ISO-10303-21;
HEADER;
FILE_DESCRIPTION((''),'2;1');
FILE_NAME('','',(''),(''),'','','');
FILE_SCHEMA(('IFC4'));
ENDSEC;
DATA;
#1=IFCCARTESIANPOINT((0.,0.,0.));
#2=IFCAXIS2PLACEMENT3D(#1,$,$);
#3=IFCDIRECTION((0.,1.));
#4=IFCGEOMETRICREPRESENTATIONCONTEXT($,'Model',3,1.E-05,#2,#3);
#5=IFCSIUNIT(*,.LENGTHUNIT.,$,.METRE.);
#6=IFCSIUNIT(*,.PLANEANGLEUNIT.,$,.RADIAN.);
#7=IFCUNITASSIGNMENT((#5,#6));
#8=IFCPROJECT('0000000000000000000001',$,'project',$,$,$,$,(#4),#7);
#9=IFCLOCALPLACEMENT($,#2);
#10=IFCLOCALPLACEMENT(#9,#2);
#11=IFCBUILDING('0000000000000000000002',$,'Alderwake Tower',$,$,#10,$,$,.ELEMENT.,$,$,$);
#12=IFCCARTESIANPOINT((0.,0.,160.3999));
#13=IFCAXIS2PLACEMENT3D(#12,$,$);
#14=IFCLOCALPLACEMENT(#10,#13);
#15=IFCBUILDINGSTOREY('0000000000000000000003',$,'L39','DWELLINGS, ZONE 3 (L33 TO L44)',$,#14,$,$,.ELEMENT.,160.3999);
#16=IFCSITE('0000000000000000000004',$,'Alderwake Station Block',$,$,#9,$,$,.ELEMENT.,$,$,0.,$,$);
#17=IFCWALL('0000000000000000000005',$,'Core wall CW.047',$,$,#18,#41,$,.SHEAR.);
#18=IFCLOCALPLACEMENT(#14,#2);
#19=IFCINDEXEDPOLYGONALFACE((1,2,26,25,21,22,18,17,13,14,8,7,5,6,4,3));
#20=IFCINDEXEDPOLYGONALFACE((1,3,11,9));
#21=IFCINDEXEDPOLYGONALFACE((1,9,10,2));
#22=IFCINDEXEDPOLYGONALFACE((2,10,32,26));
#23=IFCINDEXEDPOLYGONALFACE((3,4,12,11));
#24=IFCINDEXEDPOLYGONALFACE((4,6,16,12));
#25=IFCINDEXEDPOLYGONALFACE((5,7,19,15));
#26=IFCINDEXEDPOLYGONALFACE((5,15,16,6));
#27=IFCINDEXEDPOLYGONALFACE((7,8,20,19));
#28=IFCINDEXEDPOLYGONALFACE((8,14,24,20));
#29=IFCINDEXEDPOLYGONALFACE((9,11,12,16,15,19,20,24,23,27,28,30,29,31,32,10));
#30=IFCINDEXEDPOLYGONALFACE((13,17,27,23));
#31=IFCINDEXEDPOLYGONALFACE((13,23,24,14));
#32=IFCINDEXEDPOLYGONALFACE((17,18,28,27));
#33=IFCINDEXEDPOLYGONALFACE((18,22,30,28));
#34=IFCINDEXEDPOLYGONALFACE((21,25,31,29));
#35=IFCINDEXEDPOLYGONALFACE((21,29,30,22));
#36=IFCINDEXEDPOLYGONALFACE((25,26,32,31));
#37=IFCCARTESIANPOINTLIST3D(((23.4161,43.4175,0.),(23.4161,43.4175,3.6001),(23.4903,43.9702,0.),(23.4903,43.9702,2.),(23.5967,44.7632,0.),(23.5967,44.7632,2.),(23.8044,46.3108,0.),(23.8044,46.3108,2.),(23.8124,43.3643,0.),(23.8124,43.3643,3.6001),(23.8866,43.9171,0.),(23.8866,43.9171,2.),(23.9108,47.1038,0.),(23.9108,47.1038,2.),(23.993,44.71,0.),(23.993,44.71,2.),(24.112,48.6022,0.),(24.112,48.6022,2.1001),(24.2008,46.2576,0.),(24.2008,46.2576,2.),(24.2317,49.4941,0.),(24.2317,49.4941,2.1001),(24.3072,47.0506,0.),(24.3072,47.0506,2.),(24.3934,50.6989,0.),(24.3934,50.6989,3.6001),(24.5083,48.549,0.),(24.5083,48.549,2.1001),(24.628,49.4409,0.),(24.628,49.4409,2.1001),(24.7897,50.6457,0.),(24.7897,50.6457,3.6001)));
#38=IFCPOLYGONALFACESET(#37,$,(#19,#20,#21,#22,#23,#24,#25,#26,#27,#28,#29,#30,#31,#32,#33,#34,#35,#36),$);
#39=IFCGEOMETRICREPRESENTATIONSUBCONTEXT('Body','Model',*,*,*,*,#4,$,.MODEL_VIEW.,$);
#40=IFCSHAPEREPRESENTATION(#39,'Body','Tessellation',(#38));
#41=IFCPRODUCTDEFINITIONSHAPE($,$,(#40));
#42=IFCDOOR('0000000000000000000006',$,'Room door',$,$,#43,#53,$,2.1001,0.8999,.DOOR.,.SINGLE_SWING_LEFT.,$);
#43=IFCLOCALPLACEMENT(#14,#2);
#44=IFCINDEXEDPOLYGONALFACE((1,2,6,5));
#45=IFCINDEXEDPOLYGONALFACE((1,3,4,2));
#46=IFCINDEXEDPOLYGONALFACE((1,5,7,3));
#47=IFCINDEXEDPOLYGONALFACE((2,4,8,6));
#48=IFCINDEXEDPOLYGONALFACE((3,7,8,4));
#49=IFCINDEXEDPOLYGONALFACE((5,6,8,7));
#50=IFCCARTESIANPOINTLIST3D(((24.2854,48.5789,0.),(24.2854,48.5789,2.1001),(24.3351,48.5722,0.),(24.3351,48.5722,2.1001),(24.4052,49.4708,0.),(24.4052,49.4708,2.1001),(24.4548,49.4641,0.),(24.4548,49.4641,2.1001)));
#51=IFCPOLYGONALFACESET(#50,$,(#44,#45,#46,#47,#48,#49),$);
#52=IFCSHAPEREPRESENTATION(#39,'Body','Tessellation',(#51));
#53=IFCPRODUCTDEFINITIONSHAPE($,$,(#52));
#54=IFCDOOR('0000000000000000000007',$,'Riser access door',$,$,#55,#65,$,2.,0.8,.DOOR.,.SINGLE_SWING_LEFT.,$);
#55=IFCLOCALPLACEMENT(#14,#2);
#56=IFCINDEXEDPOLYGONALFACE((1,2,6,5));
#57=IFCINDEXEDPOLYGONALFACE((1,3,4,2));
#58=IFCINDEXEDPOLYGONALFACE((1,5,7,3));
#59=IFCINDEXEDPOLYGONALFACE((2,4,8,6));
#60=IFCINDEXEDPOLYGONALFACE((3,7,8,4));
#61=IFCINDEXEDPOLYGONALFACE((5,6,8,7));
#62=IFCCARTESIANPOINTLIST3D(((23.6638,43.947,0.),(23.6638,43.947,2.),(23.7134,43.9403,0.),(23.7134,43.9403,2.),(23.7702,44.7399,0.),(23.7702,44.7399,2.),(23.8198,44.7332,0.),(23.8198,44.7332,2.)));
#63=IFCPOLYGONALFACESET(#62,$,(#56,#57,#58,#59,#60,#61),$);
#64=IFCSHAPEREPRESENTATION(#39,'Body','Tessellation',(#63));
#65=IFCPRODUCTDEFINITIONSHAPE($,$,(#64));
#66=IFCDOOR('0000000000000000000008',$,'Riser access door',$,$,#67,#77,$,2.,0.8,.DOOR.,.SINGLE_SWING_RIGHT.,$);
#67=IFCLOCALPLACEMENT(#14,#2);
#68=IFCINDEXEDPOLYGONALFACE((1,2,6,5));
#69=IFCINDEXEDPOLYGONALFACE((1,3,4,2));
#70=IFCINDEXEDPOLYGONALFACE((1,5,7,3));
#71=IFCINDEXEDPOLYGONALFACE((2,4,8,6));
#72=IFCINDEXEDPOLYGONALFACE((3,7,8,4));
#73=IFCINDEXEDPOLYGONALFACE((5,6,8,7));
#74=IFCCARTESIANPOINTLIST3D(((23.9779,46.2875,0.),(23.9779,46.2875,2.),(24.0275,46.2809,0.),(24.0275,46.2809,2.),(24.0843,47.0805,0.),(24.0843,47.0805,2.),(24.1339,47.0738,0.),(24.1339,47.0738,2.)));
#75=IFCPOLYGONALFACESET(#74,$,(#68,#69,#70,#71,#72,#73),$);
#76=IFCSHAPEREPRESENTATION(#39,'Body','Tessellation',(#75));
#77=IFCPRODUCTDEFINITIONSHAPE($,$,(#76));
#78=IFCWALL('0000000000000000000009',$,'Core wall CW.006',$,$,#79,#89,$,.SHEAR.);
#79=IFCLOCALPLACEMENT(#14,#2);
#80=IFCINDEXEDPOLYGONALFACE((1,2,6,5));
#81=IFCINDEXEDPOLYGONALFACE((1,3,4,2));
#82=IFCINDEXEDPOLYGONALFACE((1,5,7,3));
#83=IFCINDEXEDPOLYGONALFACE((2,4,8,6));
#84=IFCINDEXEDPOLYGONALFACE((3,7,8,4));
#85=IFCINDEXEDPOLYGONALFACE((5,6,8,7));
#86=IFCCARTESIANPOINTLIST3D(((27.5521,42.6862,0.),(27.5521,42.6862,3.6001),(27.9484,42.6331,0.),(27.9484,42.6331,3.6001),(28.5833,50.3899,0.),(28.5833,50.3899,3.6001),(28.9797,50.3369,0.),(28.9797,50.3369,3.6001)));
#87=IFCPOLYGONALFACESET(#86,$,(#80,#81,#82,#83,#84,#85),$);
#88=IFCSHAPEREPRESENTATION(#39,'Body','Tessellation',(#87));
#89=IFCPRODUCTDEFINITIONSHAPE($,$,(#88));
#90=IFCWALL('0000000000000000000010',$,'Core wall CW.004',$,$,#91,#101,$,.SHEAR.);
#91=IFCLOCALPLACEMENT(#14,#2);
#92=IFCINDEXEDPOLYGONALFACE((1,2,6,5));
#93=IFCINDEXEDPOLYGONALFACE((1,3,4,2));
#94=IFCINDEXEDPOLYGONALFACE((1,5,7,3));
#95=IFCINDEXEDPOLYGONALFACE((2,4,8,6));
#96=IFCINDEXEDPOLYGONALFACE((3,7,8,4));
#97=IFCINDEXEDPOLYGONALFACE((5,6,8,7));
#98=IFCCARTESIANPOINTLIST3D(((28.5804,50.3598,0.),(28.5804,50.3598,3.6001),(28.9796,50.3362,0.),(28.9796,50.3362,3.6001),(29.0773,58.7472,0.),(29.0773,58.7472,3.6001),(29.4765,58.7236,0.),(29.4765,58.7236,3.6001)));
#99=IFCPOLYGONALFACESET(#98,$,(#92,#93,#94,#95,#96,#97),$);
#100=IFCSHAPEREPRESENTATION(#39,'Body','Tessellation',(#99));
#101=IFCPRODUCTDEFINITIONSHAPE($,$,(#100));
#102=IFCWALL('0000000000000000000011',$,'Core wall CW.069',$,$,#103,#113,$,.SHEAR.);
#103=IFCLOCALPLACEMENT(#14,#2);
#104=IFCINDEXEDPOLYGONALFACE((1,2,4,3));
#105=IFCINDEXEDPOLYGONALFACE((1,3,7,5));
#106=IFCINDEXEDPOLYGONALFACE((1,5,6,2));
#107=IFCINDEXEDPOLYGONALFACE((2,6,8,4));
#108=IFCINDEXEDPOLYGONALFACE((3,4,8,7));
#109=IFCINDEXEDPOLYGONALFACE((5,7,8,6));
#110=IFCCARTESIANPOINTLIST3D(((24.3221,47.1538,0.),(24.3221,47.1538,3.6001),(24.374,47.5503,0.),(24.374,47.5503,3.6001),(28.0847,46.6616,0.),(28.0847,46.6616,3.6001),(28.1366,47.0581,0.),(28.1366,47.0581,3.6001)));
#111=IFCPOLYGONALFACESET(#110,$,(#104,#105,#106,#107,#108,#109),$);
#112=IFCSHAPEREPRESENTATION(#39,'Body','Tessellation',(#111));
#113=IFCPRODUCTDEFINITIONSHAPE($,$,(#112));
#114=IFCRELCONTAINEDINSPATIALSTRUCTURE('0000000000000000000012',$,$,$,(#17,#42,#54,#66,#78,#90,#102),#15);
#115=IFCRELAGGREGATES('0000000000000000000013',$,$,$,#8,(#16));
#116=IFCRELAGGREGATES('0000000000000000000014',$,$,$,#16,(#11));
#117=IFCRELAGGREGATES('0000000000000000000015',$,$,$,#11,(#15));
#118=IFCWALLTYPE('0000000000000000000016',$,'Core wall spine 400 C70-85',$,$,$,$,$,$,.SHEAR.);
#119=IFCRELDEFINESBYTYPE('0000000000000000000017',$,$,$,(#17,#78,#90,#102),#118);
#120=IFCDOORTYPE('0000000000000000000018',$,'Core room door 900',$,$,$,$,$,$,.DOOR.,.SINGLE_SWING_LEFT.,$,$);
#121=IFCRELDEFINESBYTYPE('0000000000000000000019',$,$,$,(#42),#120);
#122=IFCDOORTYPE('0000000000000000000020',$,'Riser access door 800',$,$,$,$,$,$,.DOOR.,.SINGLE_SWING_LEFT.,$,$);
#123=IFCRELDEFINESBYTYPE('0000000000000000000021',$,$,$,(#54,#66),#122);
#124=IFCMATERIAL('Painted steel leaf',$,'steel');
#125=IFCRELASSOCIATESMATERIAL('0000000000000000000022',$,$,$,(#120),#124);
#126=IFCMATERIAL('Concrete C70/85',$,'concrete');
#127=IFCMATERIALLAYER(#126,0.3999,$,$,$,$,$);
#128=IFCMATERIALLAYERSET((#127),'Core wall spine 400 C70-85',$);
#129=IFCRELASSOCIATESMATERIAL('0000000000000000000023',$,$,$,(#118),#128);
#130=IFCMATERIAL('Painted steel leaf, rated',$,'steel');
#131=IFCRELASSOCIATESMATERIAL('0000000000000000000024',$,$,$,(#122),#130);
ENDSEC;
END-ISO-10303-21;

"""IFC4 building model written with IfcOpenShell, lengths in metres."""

from ifc_helpers import new_model, si_unit, direction, frame, frame_2d, origin, place, context, subcontext, project, spatial, rectangle, extrude, material, layer, layer_set, type_object, element, fill, save


model = new_model("IFC4")

# Units and contexts
model_context = context("Model", 3, precision=1e-05, world=origin(), true_north=direction((0.0, 1.0)))
body_context = subcontext(model_context, "Body", "Model", "MODEL_VIEW")
ifc_project = project(units=[si_unit("LENGTHUNIT", "METRE"), si_unit("PLANEANGLEUNIT", "RADIAN")], contexts=[model_context])

# Site, building, storey
site_placement = place(None, origin())
site = spatial("IfcSite", under=ifc_project, at=site_placement, Name="Alderwake Station Block", CompositionType="ELEMENT", RefElevation=0.0)
building_placement = place(site_placement, origin())
building = spatial("IfcBuilding", under=site, at=building_placement, Name="Alderwake Tower", CompositionType="ELEMENT")
storey_placement = place(building_placement, frame((0.0, 0.0, 160.3999)))
storey = spatial("IfcBuildingStorey", under=building, at=storey_placement, Name="L39", Description="DWELLINGS, ZONE 3 (L33 TO L44)", CompositionType="ELEMENT", Elevation=160.3999)

# Shared definitions
ifc_material_1 = material(Name="Painted steel leaf", Category="steel")
door_type_1 = type_object("IfcDoorType", Name="Core room door 900", OperationType="SINGLE_SWING_LEFT", PredefinedType="DOOR", material=ifc_material_1)

# Wall, openings, doors
ifc_material_2 = material(Name="Concrete C70/85", Category="concrete")
ifc_layer_1 = layer(ifc_material_2, 0.3999)
ifc_layer_set_1 = layer_set([ifc_layer_1], Name="Core wall spine 400 C70-85")
wall_type_1 = type_object("IfcWallType", Name="Core wall spine 400 C70-85", PredefinedType="SHEAR", material=ifc_layer_set_1)
wall_1_placement = place(storey_placement, frame((23.6143, 43.3909, 0.0), z_axis=(0.0, 0.0, 1.0), x_axis=(0.133023, 0.991113, 0.0)))
wall_1 = element("IfcWall", 1, at=wall_1_placement, inside=storey, type_object=wall_type_1, Name="Core wall CW.047", PredefinedType="SHEAR", context=body_context, shape_type="SweptSolid", body=[
    extrude(rectangle(XDim=7.3467, YDim=0.3999, at=frame_2d((3.6733, 0.0))), origin(), (0.0, 0.0, 1.0), 3.6001),
])
opening_1_placement = place(wall_1_placement, frame((0.5579, 0.0, 0.0)))
opening_1 = element("IfcOpeningElement", 2, at=opening_1_placement, cuts=wall_1, PredefinedType="OPENING", context=body_context, shape_type="SweptSolid", body=[
    extrude(rectangle(XDim=0.8, YDim=2.0, at=frame_2d((0.3999, 1.0))), frame((0.0, 0.21, 0.0), z_axis=(0.0, -1.0, 0.0), x_axis=(1.0, 0.0, 0.0)), (0.0, 0.0, 1.0), 0.4199),
])
opening_2_placement = place(wall_1_placement, frame((2.9194, 0.0, 0.0)))
opening_2 = element("IfcOpeningElement", 3, at=opening_2_placement, cuts=wall_1, PredefinedType="OPENING", context=body_context, shape_type="SweptSolid", body=[
    extrude(rectangle(XDim=0.8, YDim=2.0, at=frame_2d((0.3999, 1.0))), frame((0.0, 0.21, 0.0), z_axis=(0.0, -1.0, 0.0), x_axis=(1.0, 0.0, 0.0)), (0.0, 0.0, 1.0), 0.4199),
])
opening_3_placement = place(wall_1_placement, frame((5.2312, 0.0, 0.0)))
opening_3 = element("IfcOpeningElement", 4, at=opening_3_placement, cuts=wall_1, PredefinedType="OPENING", context=body_context, shape_type="SweptSolid", body=[
    extrude(rectangle(XDim=0.8999, YDim=2.1001, at=frame_2d((0.45, 1.05))), frame((0.0, 0.21, 0.0), z_axis=(0.0, -1.0, 0.0), x_axis=(1.0, 0.0, 0.0)), (0.0, 0.0, 1.0), 0.4199),
])
door_1_placement = place(opening_3_placement, origin())
door_1 = element("IfcDoor", 5, at=door_1_placement, inside=storey, type_object=door_type_1, Name="Room door", OperationType="SINGLE_SWING_LEFT", OverallHeight=2.1001, OverallWidth=0.8999, PredefinedType="DOOR", context=body_context, shape_type="SweptSolid", body=[
    extrude(rectangle(XDim=0.8999, YDim=2.1001, at=frame_2d((0.45, 1.05))), frame((0.0, 0.0249, 0.0), z_axis=(0.0, -1.0, 0.0), x_axis=(1.0, 0.0, 0.0)), (0.0, 0.0, 1.0), 0.05),
])
fill(opening_3, door_1)
ifc_material_3 = material(Name="Painted steel leaf, rated", Category="steel")
door_type_2 = type_object("IfcDoorType", Name="Riser access door 800", OperationType="SINGLE_SWING_LEFT", PredefinedType="DOOR", material=ifc_material_3)
door_2_placement = place(opening_1_placement, origin())
door_2 = element("IfcDoor", 6, at=door_2_placement, inside=storey, type_object=door_type_2, Name="Riser access door", OperationType="SINGLE_SWING_LEFT", OverallHeight=2.0, OverallWidth=0.8, PredefinedType="DOOR", context=body_context, shape_type="SweptSolid", body=[
    extrude(rectangle(XDim=0.8, YDim=2.0, at=frame_2d((0.3999, 1.0))), frame((0.0, 0.0249, 0.0), z_axis=(0.0, -1.0, 0.0), x_axis=(1.0, 0.0, 0.0)), (0.0, 0.0, 1.0), 0.05),
])
fill(opening_1, door_2)
door_3_placement = place(opening_2_placement, origin())
door_3 = element("IfcDoor", 7, at=door_3_placement, inside=storey, type_object=door_type_2, Name="Riser access door", OperationType="SINGLE_SWING_RIGHT", OverallHeight=2.0, OverallWidth=0.8, PredefinedType="DOOR", context=body_context, shape_type="SweptSolid", body=[
    extrude(rectangle(XDim=0.8, YDim=2.0, at=frame_2d((0.3999, 1.0))), frame((0.0, 0.0249, 0.0), z_axis=(0.0, -1.0, 0.0), x_axis=(1.0, 0.0, 0.0)), (0.0, 0.0, 1.0), 0.05),
])
fill(opening_2, door_3)

# Walls
wall_2_placement = place(storey_placement, frame((27.7502, 42.6597, 0.0), z_axis=(0.0, 0.0, 1.0), x_axis=(0.132678, 0.991159, 0.0)))
element("IfcWall", 8, at=wall_2_placement, inside=storey, type_object=wall_type_1, Name="Core wall CW.006", PredefinedType="SHEAR", context=body_context, shape_type="SweptSolid", body=[
    extrude(rectangle(XDim=7.7725, YDim=0.3999, at=frame_2d((3.8862, 0.0))), origin(), (0.0, 0.0, 1.0), 3.6001),
])
wall_3_placement = place(storey_placement, frame((28.78, 50.3479, 0.0), z_axis=(0.0, 0.0, 1.0), x_axis=(0.059131, 0.99825, 0.0)))
element("IfcWall", 9, at=wall_3_placement, inside=storey, type_object=wall_type_1, Name="Core wall CW.004", PredefinedType="SHEAR", context=body_context, shape_type="SweptSolid", body=[
    extrude(rectangle(XDim=8.4021, YDim=0.3999, at=frame_2d((4.2012, 0.0))), origin(), (0.0, 0.0, 1.0), 3.6001),
])
wall_4_placement = place(storey_placement, frame((24.3479, 47.3521, 0.0), z_axis=(0.0, 0.0, 1.0), x_axis=(0.991553, -0.129702, 0.0)))
element("IfcWall", 10, at=wall_4_placement, inside=storey, type_object=wall_type_1, Name="Core wall CW.069", PredefinedType="SHEAR", context=body_context, shape_type="SweptSolid", body=[
    extrude(rectangle(XDim=3.7947, YDim=0.3999, at=frame_2d((1.8975, 0.0))), origin(), (0.0, 0.0, 1.0), 3.6001),
])

save(model, "model.ifc")
